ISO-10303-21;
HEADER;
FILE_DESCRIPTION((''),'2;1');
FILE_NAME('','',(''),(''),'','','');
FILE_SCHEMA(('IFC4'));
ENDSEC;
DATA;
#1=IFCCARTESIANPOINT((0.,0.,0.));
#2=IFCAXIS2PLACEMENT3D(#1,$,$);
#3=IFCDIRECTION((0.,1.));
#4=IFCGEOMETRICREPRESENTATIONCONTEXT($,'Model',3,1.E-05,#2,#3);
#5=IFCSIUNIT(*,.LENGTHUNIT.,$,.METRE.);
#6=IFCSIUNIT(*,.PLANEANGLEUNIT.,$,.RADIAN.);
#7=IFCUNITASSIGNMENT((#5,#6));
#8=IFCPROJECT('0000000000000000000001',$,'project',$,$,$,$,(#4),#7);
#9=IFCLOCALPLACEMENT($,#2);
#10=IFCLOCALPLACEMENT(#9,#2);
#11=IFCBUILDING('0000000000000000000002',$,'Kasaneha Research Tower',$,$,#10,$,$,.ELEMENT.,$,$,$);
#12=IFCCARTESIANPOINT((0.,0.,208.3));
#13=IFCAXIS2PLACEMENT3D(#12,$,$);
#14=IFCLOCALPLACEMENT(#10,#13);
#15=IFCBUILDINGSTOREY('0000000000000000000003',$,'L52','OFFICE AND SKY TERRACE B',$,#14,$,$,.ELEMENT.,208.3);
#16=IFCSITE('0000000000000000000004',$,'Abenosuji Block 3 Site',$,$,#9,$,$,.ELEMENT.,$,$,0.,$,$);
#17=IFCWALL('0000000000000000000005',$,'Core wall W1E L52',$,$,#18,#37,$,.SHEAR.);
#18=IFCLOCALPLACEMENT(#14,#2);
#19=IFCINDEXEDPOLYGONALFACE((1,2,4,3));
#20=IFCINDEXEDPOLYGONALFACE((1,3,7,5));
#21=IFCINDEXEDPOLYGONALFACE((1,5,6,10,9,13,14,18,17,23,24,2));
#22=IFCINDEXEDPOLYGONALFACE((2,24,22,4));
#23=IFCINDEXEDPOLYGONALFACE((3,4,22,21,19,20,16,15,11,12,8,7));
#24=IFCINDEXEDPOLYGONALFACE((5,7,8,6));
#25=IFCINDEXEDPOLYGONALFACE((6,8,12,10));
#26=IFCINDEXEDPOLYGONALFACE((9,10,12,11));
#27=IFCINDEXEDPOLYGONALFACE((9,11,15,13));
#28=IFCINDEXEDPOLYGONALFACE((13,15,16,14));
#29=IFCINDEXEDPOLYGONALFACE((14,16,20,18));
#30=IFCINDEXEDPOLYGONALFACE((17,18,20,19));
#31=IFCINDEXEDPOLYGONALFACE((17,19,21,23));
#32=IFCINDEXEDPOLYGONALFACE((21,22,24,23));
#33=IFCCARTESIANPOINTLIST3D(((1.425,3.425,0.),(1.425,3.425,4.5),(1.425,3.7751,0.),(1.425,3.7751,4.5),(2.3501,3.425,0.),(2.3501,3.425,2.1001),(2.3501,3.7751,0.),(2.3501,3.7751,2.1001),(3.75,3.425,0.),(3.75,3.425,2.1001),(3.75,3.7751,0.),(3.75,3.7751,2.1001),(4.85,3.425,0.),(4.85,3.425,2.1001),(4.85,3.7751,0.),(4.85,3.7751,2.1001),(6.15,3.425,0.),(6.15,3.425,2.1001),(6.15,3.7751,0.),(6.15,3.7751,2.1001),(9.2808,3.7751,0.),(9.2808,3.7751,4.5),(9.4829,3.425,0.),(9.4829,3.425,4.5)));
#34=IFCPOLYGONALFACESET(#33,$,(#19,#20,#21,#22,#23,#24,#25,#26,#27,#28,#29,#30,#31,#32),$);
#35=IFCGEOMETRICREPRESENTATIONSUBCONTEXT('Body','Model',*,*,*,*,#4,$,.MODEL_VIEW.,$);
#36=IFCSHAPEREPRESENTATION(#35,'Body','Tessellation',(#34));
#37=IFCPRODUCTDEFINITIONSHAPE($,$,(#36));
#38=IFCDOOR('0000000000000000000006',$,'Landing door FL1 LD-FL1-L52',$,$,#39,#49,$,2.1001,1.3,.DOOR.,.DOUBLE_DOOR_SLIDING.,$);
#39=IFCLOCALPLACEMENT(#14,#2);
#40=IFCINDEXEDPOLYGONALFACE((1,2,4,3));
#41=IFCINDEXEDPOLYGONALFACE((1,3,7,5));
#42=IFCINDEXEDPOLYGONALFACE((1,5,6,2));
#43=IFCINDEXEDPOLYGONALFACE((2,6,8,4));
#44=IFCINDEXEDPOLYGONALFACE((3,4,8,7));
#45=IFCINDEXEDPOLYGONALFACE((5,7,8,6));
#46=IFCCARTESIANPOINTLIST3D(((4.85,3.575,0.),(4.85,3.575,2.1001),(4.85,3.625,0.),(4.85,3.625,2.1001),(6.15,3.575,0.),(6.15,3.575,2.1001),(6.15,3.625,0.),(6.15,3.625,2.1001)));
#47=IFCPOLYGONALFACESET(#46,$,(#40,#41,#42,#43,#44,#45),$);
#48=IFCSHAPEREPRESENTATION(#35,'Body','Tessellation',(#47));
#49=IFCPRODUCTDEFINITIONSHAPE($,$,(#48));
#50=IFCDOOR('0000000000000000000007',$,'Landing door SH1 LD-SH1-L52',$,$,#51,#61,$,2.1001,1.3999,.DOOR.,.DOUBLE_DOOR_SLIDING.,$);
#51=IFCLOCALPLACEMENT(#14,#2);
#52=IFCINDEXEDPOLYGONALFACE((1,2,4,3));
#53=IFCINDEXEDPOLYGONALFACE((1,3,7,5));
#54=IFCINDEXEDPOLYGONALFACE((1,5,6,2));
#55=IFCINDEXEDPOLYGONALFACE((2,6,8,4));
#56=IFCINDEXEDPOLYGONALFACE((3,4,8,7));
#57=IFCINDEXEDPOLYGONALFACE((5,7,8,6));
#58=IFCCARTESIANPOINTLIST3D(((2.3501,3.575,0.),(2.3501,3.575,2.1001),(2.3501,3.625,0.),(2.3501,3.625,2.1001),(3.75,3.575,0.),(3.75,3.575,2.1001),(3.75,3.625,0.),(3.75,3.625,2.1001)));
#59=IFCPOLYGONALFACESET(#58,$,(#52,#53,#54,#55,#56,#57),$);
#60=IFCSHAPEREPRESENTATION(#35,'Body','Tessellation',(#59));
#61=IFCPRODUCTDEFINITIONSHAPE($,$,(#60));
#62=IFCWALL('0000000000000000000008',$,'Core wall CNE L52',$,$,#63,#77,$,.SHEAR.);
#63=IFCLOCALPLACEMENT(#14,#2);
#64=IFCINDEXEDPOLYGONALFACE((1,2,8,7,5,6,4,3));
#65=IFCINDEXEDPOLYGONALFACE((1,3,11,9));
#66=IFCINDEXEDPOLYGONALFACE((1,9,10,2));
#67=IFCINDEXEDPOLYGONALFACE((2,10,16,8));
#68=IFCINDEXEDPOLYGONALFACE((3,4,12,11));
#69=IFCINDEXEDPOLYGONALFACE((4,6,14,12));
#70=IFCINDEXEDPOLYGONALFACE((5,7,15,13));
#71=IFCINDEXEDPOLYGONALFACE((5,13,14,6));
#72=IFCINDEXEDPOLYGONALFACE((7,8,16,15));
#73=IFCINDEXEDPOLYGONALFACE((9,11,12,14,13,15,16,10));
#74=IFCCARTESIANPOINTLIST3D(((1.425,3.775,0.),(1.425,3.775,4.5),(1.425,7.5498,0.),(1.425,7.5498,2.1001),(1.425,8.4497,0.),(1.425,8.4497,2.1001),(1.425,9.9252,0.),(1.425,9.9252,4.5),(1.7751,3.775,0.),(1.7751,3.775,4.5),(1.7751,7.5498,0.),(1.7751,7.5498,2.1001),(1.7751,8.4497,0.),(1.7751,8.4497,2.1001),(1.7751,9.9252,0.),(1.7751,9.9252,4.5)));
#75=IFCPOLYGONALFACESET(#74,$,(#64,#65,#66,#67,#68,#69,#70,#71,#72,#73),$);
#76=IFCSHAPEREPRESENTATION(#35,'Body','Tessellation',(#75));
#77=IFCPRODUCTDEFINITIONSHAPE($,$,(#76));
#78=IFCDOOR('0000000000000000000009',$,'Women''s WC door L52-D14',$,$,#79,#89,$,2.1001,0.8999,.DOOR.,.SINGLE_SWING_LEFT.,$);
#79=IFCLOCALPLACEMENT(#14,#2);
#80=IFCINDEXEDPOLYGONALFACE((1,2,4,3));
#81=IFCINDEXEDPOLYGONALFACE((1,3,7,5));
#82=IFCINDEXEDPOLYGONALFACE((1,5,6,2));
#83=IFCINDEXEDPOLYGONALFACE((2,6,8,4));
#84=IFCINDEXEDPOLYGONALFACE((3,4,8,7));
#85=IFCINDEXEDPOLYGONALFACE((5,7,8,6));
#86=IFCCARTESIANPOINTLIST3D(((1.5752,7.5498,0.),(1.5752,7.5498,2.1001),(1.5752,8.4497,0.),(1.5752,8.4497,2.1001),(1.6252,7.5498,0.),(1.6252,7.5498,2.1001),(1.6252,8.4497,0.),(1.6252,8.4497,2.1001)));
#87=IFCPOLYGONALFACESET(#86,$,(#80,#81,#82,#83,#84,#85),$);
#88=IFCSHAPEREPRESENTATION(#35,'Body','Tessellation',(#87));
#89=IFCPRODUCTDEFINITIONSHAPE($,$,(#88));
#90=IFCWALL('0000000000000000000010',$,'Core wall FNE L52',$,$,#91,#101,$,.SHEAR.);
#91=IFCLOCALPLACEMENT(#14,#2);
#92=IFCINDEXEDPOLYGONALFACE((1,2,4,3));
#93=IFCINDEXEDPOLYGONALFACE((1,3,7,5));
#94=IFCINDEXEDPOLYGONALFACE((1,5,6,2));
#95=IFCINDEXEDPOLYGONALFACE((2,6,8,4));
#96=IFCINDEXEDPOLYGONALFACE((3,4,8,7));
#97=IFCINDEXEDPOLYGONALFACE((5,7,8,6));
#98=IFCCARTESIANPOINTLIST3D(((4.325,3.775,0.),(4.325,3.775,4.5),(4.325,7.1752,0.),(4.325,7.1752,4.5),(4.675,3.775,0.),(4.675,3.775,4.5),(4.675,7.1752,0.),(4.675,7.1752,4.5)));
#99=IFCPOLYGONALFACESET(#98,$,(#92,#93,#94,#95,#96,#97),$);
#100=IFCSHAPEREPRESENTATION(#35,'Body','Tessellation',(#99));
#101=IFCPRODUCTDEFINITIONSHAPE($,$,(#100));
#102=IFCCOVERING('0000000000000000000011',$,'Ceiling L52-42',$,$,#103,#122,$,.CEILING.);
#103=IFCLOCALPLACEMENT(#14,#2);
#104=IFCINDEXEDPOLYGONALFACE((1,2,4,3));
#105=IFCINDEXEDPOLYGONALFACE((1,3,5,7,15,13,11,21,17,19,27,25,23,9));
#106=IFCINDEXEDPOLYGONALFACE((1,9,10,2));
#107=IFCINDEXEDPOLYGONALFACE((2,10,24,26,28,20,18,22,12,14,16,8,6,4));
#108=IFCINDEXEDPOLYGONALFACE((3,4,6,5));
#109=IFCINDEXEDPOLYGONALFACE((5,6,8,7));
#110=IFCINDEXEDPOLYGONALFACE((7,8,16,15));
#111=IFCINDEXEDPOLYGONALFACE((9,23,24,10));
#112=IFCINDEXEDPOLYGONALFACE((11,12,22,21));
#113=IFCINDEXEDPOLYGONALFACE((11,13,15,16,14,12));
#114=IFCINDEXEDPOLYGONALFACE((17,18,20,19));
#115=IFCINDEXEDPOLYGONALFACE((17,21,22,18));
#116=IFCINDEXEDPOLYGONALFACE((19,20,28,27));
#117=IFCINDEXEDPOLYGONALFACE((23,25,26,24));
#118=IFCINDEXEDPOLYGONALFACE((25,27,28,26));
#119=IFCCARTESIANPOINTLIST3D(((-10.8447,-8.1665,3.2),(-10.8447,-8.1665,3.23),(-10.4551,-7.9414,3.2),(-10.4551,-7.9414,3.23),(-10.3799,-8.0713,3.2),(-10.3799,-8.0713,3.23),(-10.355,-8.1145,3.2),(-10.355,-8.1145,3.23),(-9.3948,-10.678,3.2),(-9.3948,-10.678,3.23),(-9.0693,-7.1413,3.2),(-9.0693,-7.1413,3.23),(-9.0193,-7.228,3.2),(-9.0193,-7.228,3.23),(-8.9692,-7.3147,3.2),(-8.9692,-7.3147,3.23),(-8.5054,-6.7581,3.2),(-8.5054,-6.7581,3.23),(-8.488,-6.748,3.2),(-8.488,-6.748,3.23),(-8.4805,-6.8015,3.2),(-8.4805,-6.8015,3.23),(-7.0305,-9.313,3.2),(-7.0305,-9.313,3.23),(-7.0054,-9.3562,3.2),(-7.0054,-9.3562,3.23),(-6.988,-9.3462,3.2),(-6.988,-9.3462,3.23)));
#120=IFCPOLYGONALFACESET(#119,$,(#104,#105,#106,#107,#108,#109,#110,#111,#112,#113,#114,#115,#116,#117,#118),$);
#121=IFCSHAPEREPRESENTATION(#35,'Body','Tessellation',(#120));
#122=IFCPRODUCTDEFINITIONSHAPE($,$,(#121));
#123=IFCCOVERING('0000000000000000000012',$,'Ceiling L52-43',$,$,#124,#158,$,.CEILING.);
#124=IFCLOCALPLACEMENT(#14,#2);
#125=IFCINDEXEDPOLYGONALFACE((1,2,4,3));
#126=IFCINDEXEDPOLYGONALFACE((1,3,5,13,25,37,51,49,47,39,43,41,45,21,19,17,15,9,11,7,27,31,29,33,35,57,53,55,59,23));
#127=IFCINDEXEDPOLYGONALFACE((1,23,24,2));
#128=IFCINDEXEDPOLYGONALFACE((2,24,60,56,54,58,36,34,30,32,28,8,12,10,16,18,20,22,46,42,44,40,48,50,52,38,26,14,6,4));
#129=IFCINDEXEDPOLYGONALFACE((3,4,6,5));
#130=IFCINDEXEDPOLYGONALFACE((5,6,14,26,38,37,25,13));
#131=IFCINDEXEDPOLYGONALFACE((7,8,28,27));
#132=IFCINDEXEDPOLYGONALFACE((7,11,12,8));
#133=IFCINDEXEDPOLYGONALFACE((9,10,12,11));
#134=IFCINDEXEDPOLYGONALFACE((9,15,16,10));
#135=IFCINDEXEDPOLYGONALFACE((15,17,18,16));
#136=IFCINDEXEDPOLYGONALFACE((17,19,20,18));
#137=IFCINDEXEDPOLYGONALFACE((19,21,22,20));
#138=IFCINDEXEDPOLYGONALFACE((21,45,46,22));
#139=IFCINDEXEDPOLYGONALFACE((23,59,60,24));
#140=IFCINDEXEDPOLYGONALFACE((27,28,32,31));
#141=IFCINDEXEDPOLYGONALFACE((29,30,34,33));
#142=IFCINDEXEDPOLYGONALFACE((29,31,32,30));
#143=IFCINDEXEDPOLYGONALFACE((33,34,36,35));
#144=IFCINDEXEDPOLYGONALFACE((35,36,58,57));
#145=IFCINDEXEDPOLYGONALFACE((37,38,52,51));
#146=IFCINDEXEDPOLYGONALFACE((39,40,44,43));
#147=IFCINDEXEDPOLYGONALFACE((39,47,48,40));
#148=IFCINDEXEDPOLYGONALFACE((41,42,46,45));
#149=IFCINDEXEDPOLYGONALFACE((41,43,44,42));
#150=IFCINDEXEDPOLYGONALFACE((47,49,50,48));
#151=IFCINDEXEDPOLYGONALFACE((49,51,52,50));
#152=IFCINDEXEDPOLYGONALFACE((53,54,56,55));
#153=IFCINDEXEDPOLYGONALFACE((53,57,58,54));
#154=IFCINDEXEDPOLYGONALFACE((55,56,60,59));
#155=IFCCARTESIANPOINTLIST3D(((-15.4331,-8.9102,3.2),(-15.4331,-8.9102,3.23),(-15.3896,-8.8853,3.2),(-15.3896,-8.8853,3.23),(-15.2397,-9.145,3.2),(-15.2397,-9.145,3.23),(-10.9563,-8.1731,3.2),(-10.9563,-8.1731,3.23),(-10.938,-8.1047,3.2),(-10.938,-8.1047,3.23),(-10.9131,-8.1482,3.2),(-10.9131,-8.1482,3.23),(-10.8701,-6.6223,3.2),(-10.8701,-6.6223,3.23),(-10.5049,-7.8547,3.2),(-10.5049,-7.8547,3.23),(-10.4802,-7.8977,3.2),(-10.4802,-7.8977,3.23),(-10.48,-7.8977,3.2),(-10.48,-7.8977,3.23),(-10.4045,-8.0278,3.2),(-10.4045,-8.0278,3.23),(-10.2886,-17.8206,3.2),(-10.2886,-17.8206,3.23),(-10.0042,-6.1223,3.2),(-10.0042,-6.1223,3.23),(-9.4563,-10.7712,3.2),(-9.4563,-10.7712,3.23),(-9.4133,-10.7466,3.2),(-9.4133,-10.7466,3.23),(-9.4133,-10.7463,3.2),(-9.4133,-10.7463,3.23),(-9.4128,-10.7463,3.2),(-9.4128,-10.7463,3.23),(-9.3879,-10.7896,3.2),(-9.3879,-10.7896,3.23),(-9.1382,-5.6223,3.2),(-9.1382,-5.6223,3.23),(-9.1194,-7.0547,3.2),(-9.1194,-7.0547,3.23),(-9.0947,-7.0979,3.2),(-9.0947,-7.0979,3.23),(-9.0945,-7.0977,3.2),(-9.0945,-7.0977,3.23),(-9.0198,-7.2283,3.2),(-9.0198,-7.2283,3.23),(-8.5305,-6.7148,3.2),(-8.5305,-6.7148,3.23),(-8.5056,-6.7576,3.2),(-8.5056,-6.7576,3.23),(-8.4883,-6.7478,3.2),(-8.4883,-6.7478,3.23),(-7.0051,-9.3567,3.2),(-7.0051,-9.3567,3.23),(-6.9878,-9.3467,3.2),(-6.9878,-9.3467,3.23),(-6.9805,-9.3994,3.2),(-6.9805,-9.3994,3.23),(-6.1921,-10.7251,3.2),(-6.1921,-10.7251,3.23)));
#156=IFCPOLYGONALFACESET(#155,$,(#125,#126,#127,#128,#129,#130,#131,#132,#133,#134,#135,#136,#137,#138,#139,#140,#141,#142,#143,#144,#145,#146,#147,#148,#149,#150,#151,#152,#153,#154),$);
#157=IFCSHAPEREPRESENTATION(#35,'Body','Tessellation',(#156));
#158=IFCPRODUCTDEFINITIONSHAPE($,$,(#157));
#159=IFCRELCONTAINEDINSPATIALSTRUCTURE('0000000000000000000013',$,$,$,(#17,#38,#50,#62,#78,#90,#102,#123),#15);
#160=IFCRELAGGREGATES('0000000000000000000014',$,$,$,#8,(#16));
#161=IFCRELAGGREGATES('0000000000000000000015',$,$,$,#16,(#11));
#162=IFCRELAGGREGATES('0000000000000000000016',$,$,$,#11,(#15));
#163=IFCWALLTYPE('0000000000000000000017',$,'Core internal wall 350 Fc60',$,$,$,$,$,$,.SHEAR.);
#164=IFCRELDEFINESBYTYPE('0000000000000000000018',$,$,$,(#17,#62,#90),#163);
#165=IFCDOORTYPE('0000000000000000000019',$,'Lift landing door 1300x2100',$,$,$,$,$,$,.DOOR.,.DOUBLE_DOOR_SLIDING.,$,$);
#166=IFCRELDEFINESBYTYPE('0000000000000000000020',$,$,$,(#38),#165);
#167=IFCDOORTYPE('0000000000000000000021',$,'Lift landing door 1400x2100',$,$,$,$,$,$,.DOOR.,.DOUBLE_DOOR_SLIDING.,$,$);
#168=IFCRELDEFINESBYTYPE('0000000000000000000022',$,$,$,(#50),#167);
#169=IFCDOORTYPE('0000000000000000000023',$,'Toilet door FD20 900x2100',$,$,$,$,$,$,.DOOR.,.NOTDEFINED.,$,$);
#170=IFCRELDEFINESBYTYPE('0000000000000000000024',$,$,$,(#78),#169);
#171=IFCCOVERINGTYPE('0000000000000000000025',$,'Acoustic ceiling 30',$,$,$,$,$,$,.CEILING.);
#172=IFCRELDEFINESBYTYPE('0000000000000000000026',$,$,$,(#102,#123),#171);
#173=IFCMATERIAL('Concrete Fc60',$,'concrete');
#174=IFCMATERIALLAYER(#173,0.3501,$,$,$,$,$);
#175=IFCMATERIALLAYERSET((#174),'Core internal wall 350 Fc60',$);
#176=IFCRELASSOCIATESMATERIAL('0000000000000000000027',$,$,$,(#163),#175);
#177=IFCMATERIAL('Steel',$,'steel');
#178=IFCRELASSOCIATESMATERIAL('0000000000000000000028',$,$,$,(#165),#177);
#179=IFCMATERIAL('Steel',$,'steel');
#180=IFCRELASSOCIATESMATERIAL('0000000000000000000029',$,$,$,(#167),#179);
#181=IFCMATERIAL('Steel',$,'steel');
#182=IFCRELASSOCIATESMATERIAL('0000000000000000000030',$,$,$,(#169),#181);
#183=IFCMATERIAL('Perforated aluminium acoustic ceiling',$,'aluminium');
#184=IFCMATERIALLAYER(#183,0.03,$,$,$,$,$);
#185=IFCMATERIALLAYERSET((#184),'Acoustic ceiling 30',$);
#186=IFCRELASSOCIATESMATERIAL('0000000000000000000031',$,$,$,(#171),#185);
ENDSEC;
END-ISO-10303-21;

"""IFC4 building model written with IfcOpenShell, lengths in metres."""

from ifc_helpers import new_model, si_unit, direction, frame, frame_2d, origin, place, context, subcontext, project, spatial, polyline, rectangle, outline, extrude, material, layer, layer_set, type_object, element, fill, save


model = new_model("IFC4")

# Units and contexts
model_context = context("Model", 3, precision=1e-05, world=origin(), true_north=direction((0.0, 1.0)))
body_context = subcontext(model_context, "Body", "Model", "MODEL_VIEW")
ifc_project = project(units=[si_unit("LENGTHUNIT", "METRE"), si_unit("PLANEANGLEUNIT", "RADIAN")], contexts=[model_context])

# Site, building, storey
site_placement = place(None, origin())
site = spatial("IfcSite", under=ifc_project, at=site_placement, Name="Abenosuji Block 3 Site", CompositionType="ELEMENT", RefElevation=0.0)
building_placement = place(site_placement, origin())
building = spatial("IfcBuilding", under=site, at=building_placement, Name="Kasaneha Research Tower", CompositionType="ELEMENT")
storey_placement = place(building_placement, frame((0.0, 0.0, 208.3)))
storey = spatial("IfcBuildingStorey", under=building, at=storey_placement, Name="L52", Description="OFFICE AND SKY TERRACE B", CompositionType="ELEMENT", Elevation=208.3)

# Wall, openings, doors
ifc_material_1 = material(Name="Concrete Fc60", Category="concrete")
ifc_layer_1 = layer(ifc_material_1, 0.3501)
ifc_layer_set_1 = layer_set([ifc_layer_1], Name="Core internal wall 350 Fc60")
wall_type = type_object("IfcWallType", Name="Core internal wall 350 Fc60", PredefinedType="SHEAR", material=ifc_layer_set_1)
wall_1_placement = place(storey_placement, frame((1.425, 3.6001, 0.0), z_axis=(0.0, 0.0, 1.0), x_axis=(1.0, 0.0, 0.0)))
wall_1 = element("IfcWall", 1, at=wall_1_placement, inside=storey, type_object=wall_type, Name="Core wall W1E L52", PredefinedType="SHEAR", context=body_context, shape_type="SweptSolid", body=[
    extrude(outline(polyline([(0.0, -0.175), (0.925, -0.175), (2.325, -0.175), (3.425, -0.175), (4.7251, -0.175), (8.0579, -0.175), (7.8557, 0.175), (4.7251, 0.175), (3.425, 0.175), (2.325, 0.175), (0.925, 0.175), (0.0, 0.175), (0.0, -0.175)])), origin(), (0.0, 0.0, 1.0), 4.5),
])
opening_1_placement = place(wall_1_placement, frame((0.925, 0.0, 0.0)))
opening_1 = element("IfcOpeningElement", 2, at=opening_1_placement, cuts=wall_1, PredefinedType="OPENING", context=body_context, shape_type="SweptSolid", body=[
    extrude(rectangle(XDim=1.3999, YDim=2.1001, at=frame_2d((0.7, 1.05))), frame((0.0, 0.1851, 0.0), z_axis=(0.0, -1.0, 0.0), x_axis=(1.0, 0.0, 0.0)), (0.0, 0.0, 1.0), 0.3701),
])
opening_2_placement = place(wall_1_placement, frame((3.425, 0.0, 0.0)))
opening_2 = element("IfcOpeningElement", 3, at=opening_2_placement, cuts=wall_1, PredefinedType="OPENING", context=body_context, shape_type="SweptSolid", body=[
    extrude(rectangle(XDim=1.3, YDim=2.1001, at=frame_2d((0.6499, 1.05))), frame((0.0, 0.1851, 0.0), z_axis=(0.0, -1.0, 0.0), x_axis=(1.0, 0.0, 0.0)), (0.0, 0.0, 1.0), 0.3701),
])
ifc_material_2 = material(Name="Steel", Category="steel")
door_type_1 = type_object("IfcDoorType", Name="Lift landing door 1300x2100", OperationType="DOUBLE_DOOR_SLIDING", PredefinedType="DOOR", material=ifc_material_2)
door_1_placement = place(opening_2_placement, origin())
door_1 = element("IfcDoor", 4, at=door_1_placement, inside=storey, type_object=door_type_1, Name="Landing door FL1 LD-FL1-L52", OperationType="DOUBLE_DOOR_SLIDING", OverallHeight=2.1001, OverallWidth=1.3, PredefinedType="DOOR", context=body_context, shape_type="SweptSolid", body=[
    extrude(rectangle(XDim=1.3, YDim=2.1001, at=frame_2d((0.6499, 1.05))), frame((0.0, 0.0249, 0.0), z_axis=(0.0, -1.0, 0.0), x_axis=(1.0, 0.0, 0.0)), (0.0, 0.0, 1.0), 0.05),
])
fill(opening_2, door_1)
ifc_material_3 = material(Name="Steel", Category="steel")
door_type_2 = type_object("IfcDoorType", Name="Lift landing door 1400x2100", OperationType="DOUBLE_DOOR_SLIDING", PredefinedType="DOOR", material=ifc_material_3)
door_2_placement = place(opening_1_placement, origin())
door_2 = element("IfcDoor", 5, at=door_2_placement, inside=storey, type_object=door_type_2, Name="Landing door SH1 LD-SH1-L52", OperationType="DOUBLE_DOOR_SLIDING", OverallHeight=2.1001, OverallWidth=1.3999, PredefinedType="DOOR", context=body_context, shape_type="SweptSolid", body=[
    extrude(rectangle(XDim=1.3999, YDim=2.1001, at=frame_2d((0.7, 1.05))), frame((0.0, 0.0249, 0.0), z_axis=(0.0, -1.0, 0.0), x_axis=(1.0, 0.0, 0.0)), (0.0, 0.0, 1.0), 0.05),
])
fill(opening_1, door_2)

# Wall, opening, door
wall_2_placement = place(storey_placement, frame((1.6001, 3.7749, 0.0), z_axis=(0.0, 0.0, 1.0), x_axis=(0.0, 1.0, 0.0)))
wall_2 = element("IfcWall", 6, at=wall_2_placement, inside=storey, type_object=wall_type, Name="Core wall CNE L52", PredefinedType="SHEAR", context=body_context, shape_type="SweptSolid", body=[
    extrude(rectangle(XDim=6.1501, YDim=0.3501, at=frame_2d((3.0752, 0.0))), origin(), (0.0, 0.0, 1.0), 4.5),
])
opening_3_placement = place(wall_2_placement, frame((3.7749, 0.0, 0.0)))
opening_3 = element("IfcOpeningElement", 7, at=opening_3_placement, cuts=wall_2, PredefinedType="OPENING", context=body_context, shape_type="SweptSolid", body=[
    extrude(rectangle(XDim=0.8999, YDim=2.1001, at=frame_2d((0.45, 1.05))), frame((0.0, 0.1851, 0.0), z_axis=(0.0, -1.0, 0.0), x_axis=(1.0, 0.0, 0.0)), (0.0, 0.0, 1.0), 0.3701),
])
ifc_material_4 = material(Name="Steel", Category="steel")
door_type_3 = type_object("IfcDoorType", Name="Toilet door FD20 900x2100", OperationType="NOTDEFINED", PredefinedType="DOOR", material=ifc_material_4)
door_3_placement = place(opening_3_placement, origin())
door_3 = element("IfcDoor", 8, at=door_3_placement, inside=storey, type_object=door_type_3, Name="Women's WC door L52-D14", OperationType="SINGLE_SWING_LEFT", OverallHeight=2.1001, OverallWidth=0.8999, PredefinedType="DOOR", context=body_context, shape_type="SweptSolid", body=[
    extrude(rectangle(XDim=0.8999, YDim=2.1001, at=frame_2d((0.45, 1.05))), frame((0.0, 0.0249, 0.0), z_axis=(0.0, -1.0, 0.0), x_axis=(1.0, 0.0, 0.0)), (0.0, 0.0, 1.0), 0.05),
])
fill(opening_3, door_3)

# Wall
wall_3_placement = place(storey_placement, frame((4.5, 3.7749, 0.0), z_axis=(0.0, 0.0, 1.0), x_axis=(0.0, 1.0, 0.0)))
element("IfcWall", 9, at=wall_3_placement, inside=storey, type_object=wall_type, Name="Core wall FNE L52", PredefinedType="SHEAR", context=body_context, shape_type="SweptSolid", body=[
    extrude(rectangle(XDim=3.4001, YDim=0.3501, at=frame_2d((1.7002, 0.0))), origin(), (0.0, 0.0, 1.0), 4.5),
])

# Coverings
ifc_material_5 = material(Name="Perforated aluminium acoustic ceiling", Category="aluminium")
ifc_layer_2 = layer(ifc_material_5, 0.03)
ifc_layer_set_2 = layer_set([ifc_layer_2], Name="Acoustic ceiling 30")
covering_type = type_object("IfcCoveringType", Name="Acoustic ceiling 30", PredefinedType="CEILING", material=ifc_layer_set_2)
covering_1_placement = place(storey_placement, frame((0.0, 0.0, 3.2)))
element("IfcCovering", 10, at=covering_1_placement, inside=storey, type_object=covering_type, Name="Ceiling L52-42", PredefinedType="CEILING", context=body_context, shape_type="SweptSolid", body=[
    extrude(outline(polyline([(-10.3799, -8.0713), (-10.3799, -8.0713), (-10.355, -8.1145), (-8.9692, -7.3147), (-9.0193, -7.228), (-9.0193, -7.228), (-9.0942, -7.0981), (-9.0942, -7.0981), (-9.0693, -7.1414), (-8.4805, -6.8015), (-8.5054, -6.7581), (-8.488, -6.748), (-6.988, -9.3462), (-7.0054, -9.3562), (-7.0305, -9.313), (-9.3948, -10.678), (-10.8447, -8.1665), (-10.4551, -7.9414), (-10.3799, -8.0713)])), origin(), (0.0, 0.0, 1.0), 0.03),
])
covering_2_placement = place(storey_placement, frame((0.0, 0.0, 3.2)))
element("IfcCovering", 11, at=covering_2_placement, inside=storey, type_object=covering_type, Name="Ceiling L52-43", PredefinedType="CEILING", context=body_context, shape_type="SweptSolid", body=[
    extrude(outline(polyline([(-10.8701, -6.6223), (-10.0042, -6.1223), (-10.0042, -6.1223), (-9.1382, -5.6223), (-8.4883, -6.7478), (-8.5056, -6.7576), (-8.5305, -6.7148), (-9.1194, -7.0547), (-9.0945, -7.0977), (-9.0947, -7.0979), (-9.0198, -7.2283), (-10.4045, -8.0278), (-10.48, -7.8977), (-10.4802, -7.8977), (-10.5049, -7.8547), (-10.938, -8.1047), (-10.9131, -8.1482), (-10.9563, -8.1731), (-9.4563, -10.7712), (-9.4133, -10.7463), (-9.4133, -10.7466), (-9.4128, -10.7463), (-9.3879, -10.7896), (-6.9805, -9.3994), (-7.0051, -9.3567), (-6.9878, -9.3467), (-6.1921, -10.7251), (-10.2886, -17.8206), (-15.4331, -8.9102), (-15.3896, -8.8853), (-15.2397, -9.145), (-15.2397, -9.145), (-15.2397, -9.145), (-10.8701, -6.6223), (-10.8701, -6.6223)])), origin(), (0.0, 0.0, 1.0), 0.03),
])

save(model, "model.ifc")
